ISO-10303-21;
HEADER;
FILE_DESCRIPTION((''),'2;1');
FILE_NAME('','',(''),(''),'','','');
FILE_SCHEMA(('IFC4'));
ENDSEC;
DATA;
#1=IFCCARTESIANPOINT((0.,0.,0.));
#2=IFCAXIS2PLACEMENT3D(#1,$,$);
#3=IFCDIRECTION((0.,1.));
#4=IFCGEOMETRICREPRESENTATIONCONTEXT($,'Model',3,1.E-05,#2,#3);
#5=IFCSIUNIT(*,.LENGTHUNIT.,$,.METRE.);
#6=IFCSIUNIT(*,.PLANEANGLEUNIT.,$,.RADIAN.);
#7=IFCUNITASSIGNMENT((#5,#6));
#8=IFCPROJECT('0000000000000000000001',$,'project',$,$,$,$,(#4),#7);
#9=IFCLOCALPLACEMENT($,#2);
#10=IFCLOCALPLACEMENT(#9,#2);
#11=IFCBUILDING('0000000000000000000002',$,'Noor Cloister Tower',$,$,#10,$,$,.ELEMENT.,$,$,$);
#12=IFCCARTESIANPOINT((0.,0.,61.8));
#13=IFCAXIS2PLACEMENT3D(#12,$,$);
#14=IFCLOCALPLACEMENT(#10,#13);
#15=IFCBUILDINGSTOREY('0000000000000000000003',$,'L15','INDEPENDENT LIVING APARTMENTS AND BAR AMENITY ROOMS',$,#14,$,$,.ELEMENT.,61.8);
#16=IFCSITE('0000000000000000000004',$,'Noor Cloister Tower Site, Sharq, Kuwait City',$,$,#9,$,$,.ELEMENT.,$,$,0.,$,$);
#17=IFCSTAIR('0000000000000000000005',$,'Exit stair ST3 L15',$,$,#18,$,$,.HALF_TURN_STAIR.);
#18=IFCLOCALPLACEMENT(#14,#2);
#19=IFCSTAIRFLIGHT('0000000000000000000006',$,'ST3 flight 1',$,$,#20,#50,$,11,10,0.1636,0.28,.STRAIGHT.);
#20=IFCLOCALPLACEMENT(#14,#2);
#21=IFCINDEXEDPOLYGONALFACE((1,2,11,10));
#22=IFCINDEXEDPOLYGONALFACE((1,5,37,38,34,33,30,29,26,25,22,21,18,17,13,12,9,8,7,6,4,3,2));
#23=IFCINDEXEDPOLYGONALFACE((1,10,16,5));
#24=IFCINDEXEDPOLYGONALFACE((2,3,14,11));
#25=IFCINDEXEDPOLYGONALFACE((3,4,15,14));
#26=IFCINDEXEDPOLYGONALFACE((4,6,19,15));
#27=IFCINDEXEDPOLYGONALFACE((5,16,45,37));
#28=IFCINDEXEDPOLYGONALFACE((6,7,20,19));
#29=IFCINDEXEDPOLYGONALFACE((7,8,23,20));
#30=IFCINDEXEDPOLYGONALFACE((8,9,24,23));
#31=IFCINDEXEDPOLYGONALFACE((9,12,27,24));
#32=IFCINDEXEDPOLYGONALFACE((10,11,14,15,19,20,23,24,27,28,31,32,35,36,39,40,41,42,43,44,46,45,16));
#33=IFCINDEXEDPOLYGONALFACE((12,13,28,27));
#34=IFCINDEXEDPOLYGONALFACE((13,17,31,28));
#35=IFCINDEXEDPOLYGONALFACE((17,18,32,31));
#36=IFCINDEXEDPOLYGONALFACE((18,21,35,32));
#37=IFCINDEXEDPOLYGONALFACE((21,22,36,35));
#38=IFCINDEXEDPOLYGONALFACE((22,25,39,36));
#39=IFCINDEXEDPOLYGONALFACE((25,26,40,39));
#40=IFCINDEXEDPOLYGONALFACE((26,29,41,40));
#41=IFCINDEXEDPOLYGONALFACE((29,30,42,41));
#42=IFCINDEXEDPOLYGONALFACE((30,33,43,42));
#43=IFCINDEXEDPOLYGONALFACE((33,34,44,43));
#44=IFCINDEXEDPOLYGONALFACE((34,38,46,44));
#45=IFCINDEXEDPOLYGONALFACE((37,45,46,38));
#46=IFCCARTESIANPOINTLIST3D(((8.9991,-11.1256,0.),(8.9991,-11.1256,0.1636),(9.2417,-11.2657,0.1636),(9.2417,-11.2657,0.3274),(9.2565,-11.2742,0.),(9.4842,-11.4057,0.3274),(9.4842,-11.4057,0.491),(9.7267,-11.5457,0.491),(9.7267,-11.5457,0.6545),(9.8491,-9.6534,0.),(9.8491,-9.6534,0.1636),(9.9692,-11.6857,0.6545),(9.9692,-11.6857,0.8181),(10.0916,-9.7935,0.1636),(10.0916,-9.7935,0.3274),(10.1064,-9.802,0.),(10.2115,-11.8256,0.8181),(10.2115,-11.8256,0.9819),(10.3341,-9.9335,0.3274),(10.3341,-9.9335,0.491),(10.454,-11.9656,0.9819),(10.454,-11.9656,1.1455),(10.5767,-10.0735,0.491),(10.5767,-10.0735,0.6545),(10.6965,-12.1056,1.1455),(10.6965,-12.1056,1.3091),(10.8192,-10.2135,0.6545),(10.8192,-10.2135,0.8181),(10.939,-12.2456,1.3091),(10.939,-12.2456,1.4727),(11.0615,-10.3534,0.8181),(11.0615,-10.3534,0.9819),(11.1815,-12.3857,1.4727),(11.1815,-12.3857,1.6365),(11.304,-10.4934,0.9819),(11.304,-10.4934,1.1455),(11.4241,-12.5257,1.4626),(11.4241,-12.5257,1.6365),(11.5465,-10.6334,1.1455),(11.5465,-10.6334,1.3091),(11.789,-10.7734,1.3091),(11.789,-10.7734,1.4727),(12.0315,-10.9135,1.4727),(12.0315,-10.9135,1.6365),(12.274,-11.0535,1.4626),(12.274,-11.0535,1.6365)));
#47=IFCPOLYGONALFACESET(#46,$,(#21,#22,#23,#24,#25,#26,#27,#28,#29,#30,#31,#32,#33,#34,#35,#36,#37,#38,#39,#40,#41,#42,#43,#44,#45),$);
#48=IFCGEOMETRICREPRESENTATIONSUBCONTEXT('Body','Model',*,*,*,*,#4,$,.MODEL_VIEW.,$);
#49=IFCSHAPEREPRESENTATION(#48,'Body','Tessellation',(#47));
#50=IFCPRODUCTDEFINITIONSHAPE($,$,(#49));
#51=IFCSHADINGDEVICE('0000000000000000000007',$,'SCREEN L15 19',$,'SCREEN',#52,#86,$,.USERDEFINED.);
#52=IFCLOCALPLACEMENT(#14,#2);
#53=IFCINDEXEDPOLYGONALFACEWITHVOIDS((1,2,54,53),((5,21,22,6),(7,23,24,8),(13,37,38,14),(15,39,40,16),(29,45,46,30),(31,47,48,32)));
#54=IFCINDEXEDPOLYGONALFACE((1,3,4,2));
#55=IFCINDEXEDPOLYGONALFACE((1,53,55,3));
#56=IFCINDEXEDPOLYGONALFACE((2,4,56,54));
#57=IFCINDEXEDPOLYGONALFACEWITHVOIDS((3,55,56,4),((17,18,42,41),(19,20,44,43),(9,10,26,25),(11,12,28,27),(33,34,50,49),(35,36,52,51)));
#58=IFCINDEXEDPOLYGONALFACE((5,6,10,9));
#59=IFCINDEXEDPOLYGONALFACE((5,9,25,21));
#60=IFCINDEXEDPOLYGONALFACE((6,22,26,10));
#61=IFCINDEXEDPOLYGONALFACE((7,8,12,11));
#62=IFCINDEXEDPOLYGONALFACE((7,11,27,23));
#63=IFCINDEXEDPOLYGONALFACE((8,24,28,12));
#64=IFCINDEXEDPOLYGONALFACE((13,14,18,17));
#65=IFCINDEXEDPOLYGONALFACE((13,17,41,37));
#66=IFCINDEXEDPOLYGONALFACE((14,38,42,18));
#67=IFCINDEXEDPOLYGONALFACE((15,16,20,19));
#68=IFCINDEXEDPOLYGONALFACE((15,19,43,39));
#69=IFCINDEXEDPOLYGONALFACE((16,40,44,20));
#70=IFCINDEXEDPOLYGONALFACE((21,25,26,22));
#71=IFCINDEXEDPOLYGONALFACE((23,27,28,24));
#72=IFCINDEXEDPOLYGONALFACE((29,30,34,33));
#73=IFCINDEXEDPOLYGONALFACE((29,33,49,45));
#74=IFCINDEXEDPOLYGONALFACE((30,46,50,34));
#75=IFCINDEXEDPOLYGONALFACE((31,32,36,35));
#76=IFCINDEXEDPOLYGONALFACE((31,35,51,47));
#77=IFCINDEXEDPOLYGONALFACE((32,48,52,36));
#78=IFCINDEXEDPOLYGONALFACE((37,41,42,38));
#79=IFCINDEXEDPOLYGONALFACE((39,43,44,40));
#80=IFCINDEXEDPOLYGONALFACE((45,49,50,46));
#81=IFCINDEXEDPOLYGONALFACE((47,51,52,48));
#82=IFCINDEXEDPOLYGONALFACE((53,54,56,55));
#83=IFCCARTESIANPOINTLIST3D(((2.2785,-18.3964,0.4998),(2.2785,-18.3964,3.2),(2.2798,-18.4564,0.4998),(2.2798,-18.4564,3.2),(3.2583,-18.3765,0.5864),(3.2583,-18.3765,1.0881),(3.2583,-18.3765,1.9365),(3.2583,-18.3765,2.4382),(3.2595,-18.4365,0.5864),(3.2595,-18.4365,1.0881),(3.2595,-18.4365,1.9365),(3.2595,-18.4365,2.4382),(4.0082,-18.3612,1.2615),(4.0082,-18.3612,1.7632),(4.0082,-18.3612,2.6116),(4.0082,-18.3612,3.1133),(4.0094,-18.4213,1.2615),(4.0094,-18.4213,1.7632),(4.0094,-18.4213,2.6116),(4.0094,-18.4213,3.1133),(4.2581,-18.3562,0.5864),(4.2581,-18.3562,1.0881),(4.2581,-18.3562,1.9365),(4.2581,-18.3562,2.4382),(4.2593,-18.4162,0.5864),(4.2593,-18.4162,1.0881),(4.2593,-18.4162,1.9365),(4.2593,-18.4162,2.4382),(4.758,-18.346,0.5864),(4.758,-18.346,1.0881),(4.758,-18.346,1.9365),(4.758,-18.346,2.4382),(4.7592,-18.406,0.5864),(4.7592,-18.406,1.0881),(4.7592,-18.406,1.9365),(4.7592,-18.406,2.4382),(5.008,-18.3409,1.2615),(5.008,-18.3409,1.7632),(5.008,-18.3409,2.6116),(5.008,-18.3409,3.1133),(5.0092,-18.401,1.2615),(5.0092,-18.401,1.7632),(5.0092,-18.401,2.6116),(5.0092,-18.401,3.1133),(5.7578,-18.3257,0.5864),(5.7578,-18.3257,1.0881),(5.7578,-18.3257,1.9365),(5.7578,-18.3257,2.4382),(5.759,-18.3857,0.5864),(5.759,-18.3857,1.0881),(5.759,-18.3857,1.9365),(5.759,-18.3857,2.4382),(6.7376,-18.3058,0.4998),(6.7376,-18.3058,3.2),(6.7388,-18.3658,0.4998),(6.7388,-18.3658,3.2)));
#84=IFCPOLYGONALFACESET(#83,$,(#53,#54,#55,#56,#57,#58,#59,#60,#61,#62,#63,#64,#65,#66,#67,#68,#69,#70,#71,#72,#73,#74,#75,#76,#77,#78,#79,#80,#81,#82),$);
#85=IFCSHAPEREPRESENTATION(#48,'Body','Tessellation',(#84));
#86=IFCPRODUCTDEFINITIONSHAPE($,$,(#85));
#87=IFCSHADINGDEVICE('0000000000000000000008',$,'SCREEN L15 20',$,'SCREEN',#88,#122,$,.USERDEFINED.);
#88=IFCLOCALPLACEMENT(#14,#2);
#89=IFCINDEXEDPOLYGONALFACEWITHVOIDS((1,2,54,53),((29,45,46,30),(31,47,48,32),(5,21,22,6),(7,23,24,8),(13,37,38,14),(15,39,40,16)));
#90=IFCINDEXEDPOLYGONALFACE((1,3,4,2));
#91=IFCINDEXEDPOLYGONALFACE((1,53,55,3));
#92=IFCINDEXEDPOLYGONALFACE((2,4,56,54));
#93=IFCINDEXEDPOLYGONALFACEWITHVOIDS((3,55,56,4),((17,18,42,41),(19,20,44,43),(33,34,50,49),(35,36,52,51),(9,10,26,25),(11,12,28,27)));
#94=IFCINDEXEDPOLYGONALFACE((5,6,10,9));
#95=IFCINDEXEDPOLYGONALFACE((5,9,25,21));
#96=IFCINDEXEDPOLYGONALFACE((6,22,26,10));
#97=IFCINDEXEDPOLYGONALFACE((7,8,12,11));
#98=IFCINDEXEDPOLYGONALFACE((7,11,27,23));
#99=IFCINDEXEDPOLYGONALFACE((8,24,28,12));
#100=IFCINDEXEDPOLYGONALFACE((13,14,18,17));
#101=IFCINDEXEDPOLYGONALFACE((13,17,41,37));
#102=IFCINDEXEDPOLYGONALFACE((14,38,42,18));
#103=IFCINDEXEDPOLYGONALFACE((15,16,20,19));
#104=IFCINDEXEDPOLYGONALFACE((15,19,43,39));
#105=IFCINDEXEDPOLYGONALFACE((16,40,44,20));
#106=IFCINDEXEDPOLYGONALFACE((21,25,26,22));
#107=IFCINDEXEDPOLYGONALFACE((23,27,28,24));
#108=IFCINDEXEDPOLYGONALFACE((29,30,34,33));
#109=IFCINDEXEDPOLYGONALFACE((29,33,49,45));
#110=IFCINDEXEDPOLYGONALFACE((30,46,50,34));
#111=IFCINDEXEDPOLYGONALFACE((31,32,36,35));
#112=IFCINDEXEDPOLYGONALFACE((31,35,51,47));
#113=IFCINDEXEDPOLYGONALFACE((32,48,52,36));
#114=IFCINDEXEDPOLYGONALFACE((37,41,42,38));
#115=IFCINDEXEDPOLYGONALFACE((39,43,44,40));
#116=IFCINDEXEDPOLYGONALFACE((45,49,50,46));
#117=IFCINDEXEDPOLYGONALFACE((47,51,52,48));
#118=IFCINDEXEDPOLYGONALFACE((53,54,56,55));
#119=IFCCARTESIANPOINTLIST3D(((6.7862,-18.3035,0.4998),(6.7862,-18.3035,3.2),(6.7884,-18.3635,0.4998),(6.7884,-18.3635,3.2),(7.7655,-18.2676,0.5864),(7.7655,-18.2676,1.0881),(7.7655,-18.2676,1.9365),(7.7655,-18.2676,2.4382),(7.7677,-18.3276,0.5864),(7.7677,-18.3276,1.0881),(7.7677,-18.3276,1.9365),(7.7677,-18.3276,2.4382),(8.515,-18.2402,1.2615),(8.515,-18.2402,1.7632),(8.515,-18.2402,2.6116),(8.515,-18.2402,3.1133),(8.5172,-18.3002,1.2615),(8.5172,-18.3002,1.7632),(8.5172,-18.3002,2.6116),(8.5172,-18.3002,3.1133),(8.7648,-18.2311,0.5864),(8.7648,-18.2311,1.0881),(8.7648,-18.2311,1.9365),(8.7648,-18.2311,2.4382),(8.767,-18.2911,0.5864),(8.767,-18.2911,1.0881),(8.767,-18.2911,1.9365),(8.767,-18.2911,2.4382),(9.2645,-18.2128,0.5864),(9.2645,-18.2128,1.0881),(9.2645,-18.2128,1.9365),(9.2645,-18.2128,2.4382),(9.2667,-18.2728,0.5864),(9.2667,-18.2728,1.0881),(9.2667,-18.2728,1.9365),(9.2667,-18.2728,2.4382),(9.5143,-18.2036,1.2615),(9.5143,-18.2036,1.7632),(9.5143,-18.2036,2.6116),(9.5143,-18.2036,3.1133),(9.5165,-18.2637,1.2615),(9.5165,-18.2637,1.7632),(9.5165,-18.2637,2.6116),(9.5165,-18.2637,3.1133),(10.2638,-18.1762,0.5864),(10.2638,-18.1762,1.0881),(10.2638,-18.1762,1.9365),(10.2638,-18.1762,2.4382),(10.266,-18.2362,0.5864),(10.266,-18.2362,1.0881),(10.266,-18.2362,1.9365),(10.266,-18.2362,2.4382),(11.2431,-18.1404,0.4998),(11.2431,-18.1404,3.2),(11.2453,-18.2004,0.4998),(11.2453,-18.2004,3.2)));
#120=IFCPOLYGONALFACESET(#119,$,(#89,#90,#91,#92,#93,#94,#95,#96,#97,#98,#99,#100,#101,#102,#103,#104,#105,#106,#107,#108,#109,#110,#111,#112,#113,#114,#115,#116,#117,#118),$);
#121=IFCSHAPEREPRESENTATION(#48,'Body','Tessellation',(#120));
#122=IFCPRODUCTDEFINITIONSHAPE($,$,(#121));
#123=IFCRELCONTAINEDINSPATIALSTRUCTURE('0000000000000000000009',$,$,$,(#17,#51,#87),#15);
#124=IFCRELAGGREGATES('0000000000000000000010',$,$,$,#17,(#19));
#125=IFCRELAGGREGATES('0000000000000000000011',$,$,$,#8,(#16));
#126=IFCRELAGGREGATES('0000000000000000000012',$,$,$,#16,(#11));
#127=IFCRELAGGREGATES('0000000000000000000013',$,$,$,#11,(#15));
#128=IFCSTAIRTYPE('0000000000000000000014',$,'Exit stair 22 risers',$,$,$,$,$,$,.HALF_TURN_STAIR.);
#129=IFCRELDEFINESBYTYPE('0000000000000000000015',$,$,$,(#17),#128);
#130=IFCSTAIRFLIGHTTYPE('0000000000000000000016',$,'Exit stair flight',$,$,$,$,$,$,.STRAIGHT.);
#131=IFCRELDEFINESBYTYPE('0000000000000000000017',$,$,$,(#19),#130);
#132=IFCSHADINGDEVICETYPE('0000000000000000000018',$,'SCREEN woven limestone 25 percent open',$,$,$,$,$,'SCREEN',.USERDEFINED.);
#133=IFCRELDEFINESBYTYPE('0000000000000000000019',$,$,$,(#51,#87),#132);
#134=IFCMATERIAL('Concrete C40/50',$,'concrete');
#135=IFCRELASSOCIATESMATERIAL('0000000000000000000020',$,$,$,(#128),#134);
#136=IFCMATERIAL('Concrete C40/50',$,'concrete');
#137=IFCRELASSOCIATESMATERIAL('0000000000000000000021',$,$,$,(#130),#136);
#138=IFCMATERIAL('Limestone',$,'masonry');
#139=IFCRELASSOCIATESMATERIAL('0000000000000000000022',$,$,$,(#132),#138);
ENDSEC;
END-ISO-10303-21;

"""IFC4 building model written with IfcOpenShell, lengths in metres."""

from ifc_helpers import new_model, si_unit, direction, frame, origin, place, context, subcontext, project, spatial, polyline, outline, extrude, material, material_profile, profile_set, type_object, element, aggregate, save


model = new_model("IFC4")

# Units and contexts
model_context = context("Model", 3, precision=1e-05, world=origin(), true_north=direction((0.0, 1.0)))
body_context = subcontext(model_context, "Body", "Model", "MODEL_VIEW")
ifc_project = project(units=[si_unit("LENGTHUNIT", "METRE"), si_unit("PLANEANGLEUNIT", "RADIAN")], contexts=[model_context])

# Site, building, storey
site_placement = place(None, origin())
site = spatial("IfcSite", under=ifc_project, at=site_placement, Name="Noor Cloister Tower Site, Sharq, Kuwait City", CompositionType="ELEMENT", RefElevation=0.0)
building_placement = place(site_placement, origin())
building = spatial("IfcBuilding", under=site, at=building_placement, Name="Noor Cloister Tower", CompositionType="ELEMENT")
storey_placement = place(building_placement, frame((0.0, 0.0, 61.8)))
storey = spatial("IfcBuildingStorey", under=building, at=storey_placement, Name="L15", Description="INDEPENDENT LIVING APARTMENTS AND BAR AMENITY ROOMS", CompositionType="ELEMENT", Elevation=61.8)

# Stair, stair flight
ifc_material_1 = material(Name="Concrete C40/50", Category="concrete")
stair_type = type_object("IfcStairType", Name="Exit stair 22 risers", PredefinedType="HALF_TURN_STAIR", material=ifc_material_1)
stair_placement = place(storey_placement, origin())
stair = element("IfcStair", 1, at=stair_placement, inside=storey, type_object=stair_type, Name="Exit stair ST3 L15", PredefinedType="HALF_TURN_STAIR")
ifc_material_2 = material(Name="Concrete C40/50", Category="concrete")
stair_flight_type = type_object("IfcStairFlightType", Name="Exit stair flight", PredefinedType="STRAIGHT", material=ifc_material_2)
stair_flight_placement = place(storey_placement, frame((9.4241, -10.3896, 0.0), z_axis=(0.0, 0.0, 1.0), x_axis=(0.866025, -0.5, 0.0)))
stair_flight = element("IfcStairFlight", 2, at=stair_flight_placement, type_object=stair_flight_type, Name="ST3 flight 1", NumberOfRisers=11, NumberOfTreads=10, PredefinedType="STRAIGHT", RiserHeight=0.1636, TreadLength=0.28, context=body_context, shape_type="SweptSolid", body=[
    extrude(outline(polyline([(0.0, 0.0), (0.0, 0.1636), (0.28, 0.1636), (0.28, 0.3274), (0.5601, 0.3274), (0.5601, 0.491), (0.8401, 0.491), (0.8401, 0.6545), (1.1201, 0.6545), (1.1201, 0.8181), (1.3999, 0.8181), (1.3999, 0.9819), (1.6799, 0.9819), (1.6799, 1.1455), (1.96, 1.1455), (1.96, 1.3091), (2.24, 1.3091), (2.24, 1.4727), (2.52, 1.4727), (2.52, 1.6365), (2.8, 1.6365), (2.8, 1.8), (2.8, 1.4626), (0.2971, 0.0), (0.0, 0.0)])), frame((0.0, 0.8501, 0.0), z_axis=(0.0, -1.0, 0.0), x_axis=(1.0, 0.0, 0.0)), (0.0, 0.0, 1.0), 1.7),
])
aggregate(stair, [stair_flight])

# Shading devices
ifc_material_3 = material(Name="Limestone", Category="masonry")
ifc_material_profile_1 = material_profile(ifc_material_3, outline(polyline([(-2.23, -1.3501), (2.23, -1.3501), (2.23, 1.3501), (-2.23, 1.3501), (-2.23, -1.3501)]), holes=[polyline([(-1.25, -1.2634), (-0.25, -1.2634), (-0.25, -0.7617), (-1.25, -0.7617), (-1.25, -1.2634)]), polyline([(0.25, -1.2634), (1.25, -1.2634), (1.25, -0.7617), (0.25, -0.7617), (0.25, -1.2634)]), polyline([(-0.5, -0.5884), (0.5, -0.5884), (0.5, -0.0867), (-0.5, -0.0867), (-0.5, -0.5884)]), polyline([(-1.25, 0.0867), (-0.25, 0.0867), (-0.25, 0.5884), (-1.25, 0.5884), (-1.25, 0.0867)]), polyline([(0.25, 0.0867), (1.25, 0.0867), (1.25, 0.5884), (0.25, 0.5884), (0.25, 0.0867)]), polyline([(-0.5, 0.7617), (0.5, 0.7617), (0.5, 1.2634), (-0.5, 1.2634), (-0.5, 0.7617)])]), Name="Woven screen 25 percent open")
ifc_profile_set_1 = profile_set([ifc_material_profile_1], Name="Limestone")
shading_device_type = type_object("IfcShadingDeviceType", Name="SCREEN woven limestone 25 percent open", ElementType="SCREEN", PredefinedType="USERDEFINED", material=ifc_profile_set_1)
for number, where, z_axis, x_axis, name in (
    (3, (4.5081, -18.3511, 1.8499), (0.020321, -0.999794, 0.0), (0.999794, 0.020321, 0.0), "SCREEN L15 19"),
    (4, (9.0146, -18.2219, 1.8499), (0.036561, -0.999331, 0.0), (0.999331, 0.036561, 0.0), "SCREEN L15 20"),
):
    element("IfcShadingDevice", number, at=place(storey_placement, frame(where, z_axis=z_axis, x_axis=x_axis)), inside=storey, type_object=shading_device_type, Name=name, ObjectType="SCREEN", PredefinedType="USERDEFINED", context=body_context, shape_type="SweptSolid", body=[
        extrude(outline(polyline([(-2.23, -1.3501), (2.23, -1.3501), (2.23, 1.3501), (-2.23, 1.3501), (-2.23, -1.3501)]), holes=[polyline([(-1.25, -1.2634), (-0.25, -1.2634), (-0.25, -0.7617), (-1.25, -0.7617), (-1.25, -1.2634)]), polyline([(0.25, -1.2634), (1.25, -1.2634), (1.25, -0.7617), (0.25, -0.7617), (0.25, -1.2634)]), polyline([(-0.5, -0.5884), (0.5, -0.5884), (0.5, -0.0867), (-0.5, -0.0867), (-0.5, -0.5884)]), polyline([(-1.25, 0.0867), (-0.25, 0.0867), (-0.25, 0.5884), (-1.25, 0.5884), (-1.25, 0.0867)]), polyline([(0.25, 0.0867), (1.25, 0.0867), (1.25, 0.5884), (0.25, 0.5884), (0.25, 0.0867)]), polyline([(-0.5, 0.7617), (0.5, 0.7617), (0.5, 1.2634), (-0.5, 1.2634), (-0.5, 0.7617)])]), origin(), (0.0, 0.0, 1.0), 0.0601),
    ])

save(model, "model.ifc")
